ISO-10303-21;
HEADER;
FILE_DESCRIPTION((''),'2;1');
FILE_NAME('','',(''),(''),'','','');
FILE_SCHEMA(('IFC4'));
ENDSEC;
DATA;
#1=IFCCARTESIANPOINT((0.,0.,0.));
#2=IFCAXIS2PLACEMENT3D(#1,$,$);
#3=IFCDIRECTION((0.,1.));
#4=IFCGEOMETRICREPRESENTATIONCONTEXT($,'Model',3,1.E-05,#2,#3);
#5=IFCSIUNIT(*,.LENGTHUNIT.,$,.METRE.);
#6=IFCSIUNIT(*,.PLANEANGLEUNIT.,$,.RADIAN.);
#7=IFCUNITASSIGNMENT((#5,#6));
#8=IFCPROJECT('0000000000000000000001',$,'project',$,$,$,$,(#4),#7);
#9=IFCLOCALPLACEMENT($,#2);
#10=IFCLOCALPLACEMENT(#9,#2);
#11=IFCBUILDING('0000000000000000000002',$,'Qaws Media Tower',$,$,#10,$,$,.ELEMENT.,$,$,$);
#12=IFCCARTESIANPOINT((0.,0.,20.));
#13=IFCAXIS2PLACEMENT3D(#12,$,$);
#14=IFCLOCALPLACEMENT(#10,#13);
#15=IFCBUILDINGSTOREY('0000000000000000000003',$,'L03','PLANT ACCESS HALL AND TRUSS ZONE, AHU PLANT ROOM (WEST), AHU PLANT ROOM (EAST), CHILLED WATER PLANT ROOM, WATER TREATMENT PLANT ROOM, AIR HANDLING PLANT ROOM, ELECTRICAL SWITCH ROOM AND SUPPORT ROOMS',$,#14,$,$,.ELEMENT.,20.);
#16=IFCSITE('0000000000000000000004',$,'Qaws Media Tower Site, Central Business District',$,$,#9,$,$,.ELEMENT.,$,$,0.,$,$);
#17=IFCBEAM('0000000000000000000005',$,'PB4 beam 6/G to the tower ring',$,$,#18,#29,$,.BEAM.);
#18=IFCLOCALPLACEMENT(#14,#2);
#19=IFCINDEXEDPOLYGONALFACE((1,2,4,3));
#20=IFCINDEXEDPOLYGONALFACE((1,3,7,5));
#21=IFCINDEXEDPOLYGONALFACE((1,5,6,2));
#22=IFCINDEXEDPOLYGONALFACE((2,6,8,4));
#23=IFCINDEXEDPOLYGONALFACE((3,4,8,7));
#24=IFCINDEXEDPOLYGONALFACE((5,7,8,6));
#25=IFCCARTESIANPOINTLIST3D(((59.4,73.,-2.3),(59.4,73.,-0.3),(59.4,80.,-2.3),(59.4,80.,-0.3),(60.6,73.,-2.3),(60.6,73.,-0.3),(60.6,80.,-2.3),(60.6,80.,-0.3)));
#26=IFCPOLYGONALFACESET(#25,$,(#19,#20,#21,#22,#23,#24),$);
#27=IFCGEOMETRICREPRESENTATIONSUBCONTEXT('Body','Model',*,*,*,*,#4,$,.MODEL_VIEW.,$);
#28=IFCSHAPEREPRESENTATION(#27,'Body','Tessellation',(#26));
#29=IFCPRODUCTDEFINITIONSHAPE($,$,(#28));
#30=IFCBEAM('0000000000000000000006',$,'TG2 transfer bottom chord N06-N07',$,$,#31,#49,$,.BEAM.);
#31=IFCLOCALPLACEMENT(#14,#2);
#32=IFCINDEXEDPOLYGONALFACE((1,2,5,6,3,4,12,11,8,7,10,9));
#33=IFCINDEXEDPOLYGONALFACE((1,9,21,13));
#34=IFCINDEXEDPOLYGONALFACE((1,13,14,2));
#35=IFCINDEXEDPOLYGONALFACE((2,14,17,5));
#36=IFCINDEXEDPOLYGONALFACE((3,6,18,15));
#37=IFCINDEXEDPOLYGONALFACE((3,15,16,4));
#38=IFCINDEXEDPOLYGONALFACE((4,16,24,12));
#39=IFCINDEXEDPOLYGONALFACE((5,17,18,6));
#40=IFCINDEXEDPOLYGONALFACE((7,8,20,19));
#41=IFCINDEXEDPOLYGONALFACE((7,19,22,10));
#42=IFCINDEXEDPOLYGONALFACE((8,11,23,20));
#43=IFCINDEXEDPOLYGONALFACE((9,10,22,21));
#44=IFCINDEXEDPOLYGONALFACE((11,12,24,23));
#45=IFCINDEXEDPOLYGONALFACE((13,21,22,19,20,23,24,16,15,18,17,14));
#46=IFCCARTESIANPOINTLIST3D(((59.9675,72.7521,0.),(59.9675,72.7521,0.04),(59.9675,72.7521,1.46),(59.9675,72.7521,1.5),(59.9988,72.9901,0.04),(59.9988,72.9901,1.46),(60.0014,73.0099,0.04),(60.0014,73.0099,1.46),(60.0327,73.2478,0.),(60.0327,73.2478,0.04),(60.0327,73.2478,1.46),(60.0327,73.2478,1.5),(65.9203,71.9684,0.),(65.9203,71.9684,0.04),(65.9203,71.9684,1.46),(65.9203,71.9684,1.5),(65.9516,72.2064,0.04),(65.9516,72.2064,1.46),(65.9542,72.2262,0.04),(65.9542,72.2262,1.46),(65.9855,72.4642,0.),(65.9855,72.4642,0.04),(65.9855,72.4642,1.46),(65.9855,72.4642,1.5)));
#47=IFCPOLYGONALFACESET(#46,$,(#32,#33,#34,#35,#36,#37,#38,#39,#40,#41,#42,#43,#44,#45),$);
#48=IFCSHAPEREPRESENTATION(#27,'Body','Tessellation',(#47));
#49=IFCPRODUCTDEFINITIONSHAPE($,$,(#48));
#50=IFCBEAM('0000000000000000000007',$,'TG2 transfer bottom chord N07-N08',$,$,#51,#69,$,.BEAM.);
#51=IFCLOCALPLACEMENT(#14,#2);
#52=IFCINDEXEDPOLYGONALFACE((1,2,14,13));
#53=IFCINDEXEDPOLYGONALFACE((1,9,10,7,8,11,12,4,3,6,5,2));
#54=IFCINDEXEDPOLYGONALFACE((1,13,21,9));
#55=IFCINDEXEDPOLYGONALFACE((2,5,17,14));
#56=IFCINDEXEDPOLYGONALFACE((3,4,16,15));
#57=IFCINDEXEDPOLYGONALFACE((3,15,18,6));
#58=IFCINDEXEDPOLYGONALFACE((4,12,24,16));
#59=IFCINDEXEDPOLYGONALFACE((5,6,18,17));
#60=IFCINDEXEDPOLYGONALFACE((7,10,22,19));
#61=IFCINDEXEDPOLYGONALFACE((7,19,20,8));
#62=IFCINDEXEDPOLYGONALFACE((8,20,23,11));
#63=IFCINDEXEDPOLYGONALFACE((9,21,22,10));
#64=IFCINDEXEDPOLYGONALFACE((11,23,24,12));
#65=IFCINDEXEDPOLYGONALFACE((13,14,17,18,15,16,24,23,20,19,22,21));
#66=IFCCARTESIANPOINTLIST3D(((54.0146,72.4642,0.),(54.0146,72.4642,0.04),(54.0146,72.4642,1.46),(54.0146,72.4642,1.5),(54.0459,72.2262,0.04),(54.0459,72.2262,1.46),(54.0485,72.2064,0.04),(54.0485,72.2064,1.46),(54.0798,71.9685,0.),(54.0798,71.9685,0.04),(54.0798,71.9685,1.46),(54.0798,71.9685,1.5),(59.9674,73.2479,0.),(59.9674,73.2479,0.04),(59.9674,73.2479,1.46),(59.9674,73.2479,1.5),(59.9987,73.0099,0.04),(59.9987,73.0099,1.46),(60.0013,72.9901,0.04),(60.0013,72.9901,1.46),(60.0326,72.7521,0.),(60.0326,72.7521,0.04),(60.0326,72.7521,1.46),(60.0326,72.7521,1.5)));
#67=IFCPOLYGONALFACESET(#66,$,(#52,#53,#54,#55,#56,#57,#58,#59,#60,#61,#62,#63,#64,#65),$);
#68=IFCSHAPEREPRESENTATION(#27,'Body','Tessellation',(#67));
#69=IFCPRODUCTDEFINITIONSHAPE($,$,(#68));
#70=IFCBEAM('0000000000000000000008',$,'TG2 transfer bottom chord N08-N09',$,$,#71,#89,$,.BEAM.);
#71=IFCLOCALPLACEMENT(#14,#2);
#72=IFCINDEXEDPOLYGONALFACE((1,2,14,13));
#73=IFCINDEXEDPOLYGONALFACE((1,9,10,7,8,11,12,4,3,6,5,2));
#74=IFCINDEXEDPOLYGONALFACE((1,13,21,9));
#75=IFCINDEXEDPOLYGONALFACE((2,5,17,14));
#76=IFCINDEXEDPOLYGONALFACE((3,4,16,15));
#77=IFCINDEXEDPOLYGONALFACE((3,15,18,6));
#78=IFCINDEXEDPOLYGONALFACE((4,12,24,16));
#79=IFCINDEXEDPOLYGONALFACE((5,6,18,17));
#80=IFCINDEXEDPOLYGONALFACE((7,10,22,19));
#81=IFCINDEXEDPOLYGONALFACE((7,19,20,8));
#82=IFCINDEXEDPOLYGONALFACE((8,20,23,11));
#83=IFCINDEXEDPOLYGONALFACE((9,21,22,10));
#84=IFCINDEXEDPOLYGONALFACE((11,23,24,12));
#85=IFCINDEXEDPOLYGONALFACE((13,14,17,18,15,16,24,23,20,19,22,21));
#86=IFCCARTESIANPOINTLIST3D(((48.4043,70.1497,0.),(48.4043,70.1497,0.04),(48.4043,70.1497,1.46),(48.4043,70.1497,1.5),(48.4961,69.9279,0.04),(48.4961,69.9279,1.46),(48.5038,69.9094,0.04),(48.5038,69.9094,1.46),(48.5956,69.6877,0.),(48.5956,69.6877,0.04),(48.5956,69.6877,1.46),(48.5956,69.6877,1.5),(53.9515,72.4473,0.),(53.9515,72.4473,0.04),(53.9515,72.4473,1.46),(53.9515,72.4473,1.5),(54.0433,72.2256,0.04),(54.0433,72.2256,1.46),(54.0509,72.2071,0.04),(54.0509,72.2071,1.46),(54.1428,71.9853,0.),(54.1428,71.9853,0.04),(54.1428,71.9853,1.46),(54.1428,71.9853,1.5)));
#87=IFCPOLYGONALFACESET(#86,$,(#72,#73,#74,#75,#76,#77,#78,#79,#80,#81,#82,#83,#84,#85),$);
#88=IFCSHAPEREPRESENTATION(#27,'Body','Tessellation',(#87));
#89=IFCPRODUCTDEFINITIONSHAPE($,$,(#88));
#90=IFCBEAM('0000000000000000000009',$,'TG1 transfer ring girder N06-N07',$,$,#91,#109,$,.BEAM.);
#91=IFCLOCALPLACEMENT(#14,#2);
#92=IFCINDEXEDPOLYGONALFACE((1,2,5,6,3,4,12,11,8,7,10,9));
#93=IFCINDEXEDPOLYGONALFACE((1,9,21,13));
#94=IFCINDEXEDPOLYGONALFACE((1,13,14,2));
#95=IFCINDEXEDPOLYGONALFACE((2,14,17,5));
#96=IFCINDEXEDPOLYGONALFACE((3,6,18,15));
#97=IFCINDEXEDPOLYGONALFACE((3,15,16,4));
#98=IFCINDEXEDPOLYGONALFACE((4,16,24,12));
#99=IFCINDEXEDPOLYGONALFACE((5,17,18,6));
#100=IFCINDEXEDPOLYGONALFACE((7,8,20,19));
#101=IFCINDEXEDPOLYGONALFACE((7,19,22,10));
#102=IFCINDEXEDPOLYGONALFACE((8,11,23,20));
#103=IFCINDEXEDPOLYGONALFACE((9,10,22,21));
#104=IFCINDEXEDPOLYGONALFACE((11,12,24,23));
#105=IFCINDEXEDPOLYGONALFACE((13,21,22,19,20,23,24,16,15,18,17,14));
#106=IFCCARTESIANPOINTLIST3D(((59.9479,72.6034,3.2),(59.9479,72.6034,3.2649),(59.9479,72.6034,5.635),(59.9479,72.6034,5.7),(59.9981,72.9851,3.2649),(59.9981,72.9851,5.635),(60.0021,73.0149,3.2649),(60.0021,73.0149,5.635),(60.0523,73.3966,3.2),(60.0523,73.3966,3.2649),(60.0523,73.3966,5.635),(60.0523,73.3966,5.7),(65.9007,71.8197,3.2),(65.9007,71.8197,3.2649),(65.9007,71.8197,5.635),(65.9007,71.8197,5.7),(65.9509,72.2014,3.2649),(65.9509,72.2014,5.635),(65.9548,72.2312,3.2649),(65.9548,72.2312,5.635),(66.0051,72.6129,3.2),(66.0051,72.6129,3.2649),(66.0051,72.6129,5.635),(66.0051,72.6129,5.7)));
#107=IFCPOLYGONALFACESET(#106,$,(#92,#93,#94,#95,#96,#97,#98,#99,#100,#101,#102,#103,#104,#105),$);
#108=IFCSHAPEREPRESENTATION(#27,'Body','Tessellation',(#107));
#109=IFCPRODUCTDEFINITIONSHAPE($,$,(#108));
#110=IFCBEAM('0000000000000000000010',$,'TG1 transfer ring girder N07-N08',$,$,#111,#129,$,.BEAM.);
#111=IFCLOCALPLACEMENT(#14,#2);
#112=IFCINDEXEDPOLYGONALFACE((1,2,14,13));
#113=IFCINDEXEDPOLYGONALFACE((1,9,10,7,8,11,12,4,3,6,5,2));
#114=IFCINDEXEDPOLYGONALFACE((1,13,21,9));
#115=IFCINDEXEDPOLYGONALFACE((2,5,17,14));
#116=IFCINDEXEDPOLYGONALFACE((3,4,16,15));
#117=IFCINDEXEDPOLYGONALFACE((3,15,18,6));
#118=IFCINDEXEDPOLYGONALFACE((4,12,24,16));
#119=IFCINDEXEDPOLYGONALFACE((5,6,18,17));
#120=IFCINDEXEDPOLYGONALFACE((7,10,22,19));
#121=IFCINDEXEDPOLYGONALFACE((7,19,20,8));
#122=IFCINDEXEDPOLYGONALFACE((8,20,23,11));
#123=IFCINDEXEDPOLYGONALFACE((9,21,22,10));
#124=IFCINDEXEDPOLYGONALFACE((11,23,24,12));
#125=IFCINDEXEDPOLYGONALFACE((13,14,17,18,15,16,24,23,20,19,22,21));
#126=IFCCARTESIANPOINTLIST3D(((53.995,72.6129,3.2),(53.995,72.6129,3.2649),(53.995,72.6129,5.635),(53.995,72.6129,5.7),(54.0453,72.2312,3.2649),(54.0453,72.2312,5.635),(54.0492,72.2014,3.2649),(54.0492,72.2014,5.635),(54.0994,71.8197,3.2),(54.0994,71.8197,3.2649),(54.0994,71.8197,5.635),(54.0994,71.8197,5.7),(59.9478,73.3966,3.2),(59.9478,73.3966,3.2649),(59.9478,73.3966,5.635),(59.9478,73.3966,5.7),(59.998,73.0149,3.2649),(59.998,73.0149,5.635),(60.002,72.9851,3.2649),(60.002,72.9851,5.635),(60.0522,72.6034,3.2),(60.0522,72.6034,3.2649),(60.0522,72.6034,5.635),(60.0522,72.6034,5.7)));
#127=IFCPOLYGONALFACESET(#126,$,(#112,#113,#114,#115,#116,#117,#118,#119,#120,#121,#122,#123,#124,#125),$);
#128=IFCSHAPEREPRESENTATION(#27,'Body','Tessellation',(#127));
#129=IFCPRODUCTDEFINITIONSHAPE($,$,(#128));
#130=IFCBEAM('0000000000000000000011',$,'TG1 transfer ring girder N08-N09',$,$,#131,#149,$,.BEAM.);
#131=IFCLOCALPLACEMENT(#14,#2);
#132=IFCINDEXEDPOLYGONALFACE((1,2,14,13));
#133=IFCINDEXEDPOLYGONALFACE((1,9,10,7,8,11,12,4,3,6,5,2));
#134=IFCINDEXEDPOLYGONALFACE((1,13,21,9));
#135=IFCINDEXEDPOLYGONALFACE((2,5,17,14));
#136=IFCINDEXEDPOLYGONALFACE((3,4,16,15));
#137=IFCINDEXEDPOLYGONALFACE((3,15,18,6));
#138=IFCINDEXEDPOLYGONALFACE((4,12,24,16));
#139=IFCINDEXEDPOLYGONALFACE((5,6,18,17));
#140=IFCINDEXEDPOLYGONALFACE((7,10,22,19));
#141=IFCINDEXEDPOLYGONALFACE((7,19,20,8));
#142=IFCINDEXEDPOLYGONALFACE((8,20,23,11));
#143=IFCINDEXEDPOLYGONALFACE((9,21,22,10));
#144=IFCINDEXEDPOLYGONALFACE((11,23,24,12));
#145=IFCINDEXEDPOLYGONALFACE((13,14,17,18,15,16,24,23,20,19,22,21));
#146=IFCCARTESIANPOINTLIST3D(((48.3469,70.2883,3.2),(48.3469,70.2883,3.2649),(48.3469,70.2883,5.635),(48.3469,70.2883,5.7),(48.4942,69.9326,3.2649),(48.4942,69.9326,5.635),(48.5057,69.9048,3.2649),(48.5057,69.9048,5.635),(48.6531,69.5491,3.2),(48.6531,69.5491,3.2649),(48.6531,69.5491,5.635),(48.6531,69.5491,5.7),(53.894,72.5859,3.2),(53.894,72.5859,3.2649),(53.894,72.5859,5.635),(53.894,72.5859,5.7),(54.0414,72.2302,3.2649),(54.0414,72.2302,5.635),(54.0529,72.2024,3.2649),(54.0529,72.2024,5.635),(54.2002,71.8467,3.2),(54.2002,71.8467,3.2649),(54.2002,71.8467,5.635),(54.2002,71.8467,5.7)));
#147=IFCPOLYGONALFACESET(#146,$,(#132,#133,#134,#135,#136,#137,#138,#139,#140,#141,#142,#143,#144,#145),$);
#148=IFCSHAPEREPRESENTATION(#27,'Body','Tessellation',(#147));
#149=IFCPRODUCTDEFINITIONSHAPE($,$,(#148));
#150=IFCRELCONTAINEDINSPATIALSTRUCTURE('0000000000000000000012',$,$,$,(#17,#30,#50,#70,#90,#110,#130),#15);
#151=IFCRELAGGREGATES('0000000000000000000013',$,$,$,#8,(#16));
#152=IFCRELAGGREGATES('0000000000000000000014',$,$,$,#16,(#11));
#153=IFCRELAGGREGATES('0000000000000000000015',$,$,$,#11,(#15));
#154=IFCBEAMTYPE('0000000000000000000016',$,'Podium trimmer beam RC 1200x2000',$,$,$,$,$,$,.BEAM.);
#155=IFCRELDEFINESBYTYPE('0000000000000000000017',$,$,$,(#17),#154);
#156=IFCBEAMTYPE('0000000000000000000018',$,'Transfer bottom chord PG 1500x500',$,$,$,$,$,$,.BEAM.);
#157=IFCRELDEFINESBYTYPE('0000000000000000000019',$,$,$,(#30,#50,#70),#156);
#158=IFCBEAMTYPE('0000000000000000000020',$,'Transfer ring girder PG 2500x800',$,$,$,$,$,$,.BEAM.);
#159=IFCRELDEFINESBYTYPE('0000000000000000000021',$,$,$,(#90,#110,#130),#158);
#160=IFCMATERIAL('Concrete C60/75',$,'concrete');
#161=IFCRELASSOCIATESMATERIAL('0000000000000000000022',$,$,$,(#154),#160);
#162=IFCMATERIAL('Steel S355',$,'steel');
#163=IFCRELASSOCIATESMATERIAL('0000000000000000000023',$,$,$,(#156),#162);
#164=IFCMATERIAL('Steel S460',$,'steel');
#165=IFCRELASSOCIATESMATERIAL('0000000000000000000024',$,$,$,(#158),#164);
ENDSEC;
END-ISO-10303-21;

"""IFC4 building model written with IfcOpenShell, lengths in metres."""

from ifc_helpers import new_model, si_unit, direction, frame, origin, origin_2d, place, context, subcontext, project, spatial, rectangle, i_section, extrude, material, material_profile, profile_set, type_object, element, save


model = new_model("IFC4")

# Units and contexts
model_context = context("Model", 3, precision=1e-05, world=origin(), true_north=direction((0.0, 1.0)))
body_context = subcontext(model_context, "Body", "Model", "MODEL_VIEW")
ifc_project = project(units=[si_unit("LENGTHUNIT", "METRE"), si_unit("PLANEANGLEUNIT", "RADIAN")], contexts=[model_context])

# Site, building, storey
site_placement = place(None, origin())
site = spatial("IfcSite", under=ifc_project, at=site_placement, Name="Qaws Media Tower Site, Central Business District", CompositionType="ELEMENT", RefElevation=0.0)
building_placement = place(site_placement, origin())
building = spatial("IfcBuilding", under=site, at=building_placement, Name="Qaws Media Tower", CompositionType="ELEMENT")
storey_placement = place(building_placement, frame((0.0, 0.0, 20.0)))
storey = spatial("IfcBuildingStorey", under=building, at=storey_placement, Name="L03", Description="PLANT ACCESS HALL AND TRUSS ZONE, AHU PLANT ROOM (WEST), AHU PLANT ROOM (EAST), CHILLED WATER PLANT ROOM, WATER TREATMENT PLANT ROOM, AIR HANDLING PLANT ROOM, ELECTRICAL SWITCH ROOM AND SUPPORT ROOMS", CompositionType="ELEMENT", Elevation=20.0)

# Beams
ifc_material_1 = material(Name="Concrete C60/75", Category="concrete")
ifc_material_profile_1 = material_profile(ifc_material_1, rectangle(XDim=1.2, YDim=2.0, at=origin_2d()), Name="RC 1200x2000")
ifc_profile_set_1 = profile_set([ifc_material_profile_1], Name="Concrete C60/75")
beam_type_1 = type_object("IfcBeamType", Name="Podium trimmer beam RC 1200x2000", PredefinedType="BEAM", material=ifc_profile_set_1)
beam_1_placement = place(storey_placement, frame((60.0, 80.0, -1.3), z_axis=(0.0, -1.0, 0.0), x_axis=(1.0, 0.0, 0.0)))
element("IfcBeam", 1, at=beam_1_placement, inside=storey, type_object=beam_type_1, Name="PB4 beam 6/G to the tower ring", PredefinedType="BEAM", context=body_context, shape_type="SweptSolid", body=[
    extrude(rectangle(XDim=1.2, YDim=2.0, at=origin_2d()), origin(), (0.0, 0.0, 1.0), 7.0),
])
ifc_material_2 = material(Name="Steel S355", Category="steel")
ifc_material_profile_2 = material_profile(ifc_material_2, i_section(OverallWidth=0.5, OverallDepth=1.5, WebThickness=0.02, FlangeThickness=0.04, at=origin_2d()), Name="PG 1500x500")
ifc_profile_set_2 = profile_set([ifc_material_profile_2], Name="Steel S355")
beam_type_2 = type_object("IfcBeamType", Name="Transfer bottom chord PG 1500x500", PredefinedType="BEAM", material=ifc_profile_set_2)
for number, where, z_axis, x_axis, name in (
    (2, (65.9529, 72.2163, 0.75), (-0.991445, 0.130523, 0.0), (-0.130523, -0.991445, 0.0), "TG2 transfer bottom chord N06-N07"),
    (3, (60.0, 73.0, 0.75), (-0.991445, -0.130523, 0.0), (0.130523, -0.991445, 0.0), "TG2 transfer bottom chord N07-N08"),
    (4, (54.0471, 72.2163, 0.75), (-0.923885, -0.382671, 0.0), (0.382671, -0.923885, 0.0), "TG2 transfer bottom chord N08-N09"),
):
    element("IfcBeam", number, at=place(storey_placement, frame(where, z_axis=z_axis, x_axis=x_axis)), inside=storey, type_object=beam_type_2, Name=name, PredefinedType="BEAM", context=body_context, shape_type="SweptSolid", body=[
        extrude(i_section(OverallWidth=0.5, OverallDepth=1.5, WebThickness=0.02, FlangeThickness=0.04, at=origin_2d()), origin(), (0.0, 0.0, 1.0), 6.0042),
    ])
ifc_material_3 = material(Name="Steel S460", Category="steel")
ifc_material_profile_3 = material_profile(ifc_material_3, i_section(OverallWidth=0.8, OverallDepth=2.5, WebThickness=0.03, FlangeThickness=0.0649, at=origin_2d()), Name="PG 2500x800")
ifc_profile_set_3 = profile_set([ifc_material_profile_3], Name="Steel S460")
beam_type_3 = type_object("IfcBeamType", Name="Transfer ring girder PG 2500x800", PredefinedType="BEAM", material=ifc_profile_set_3)
for number, where, z_axis, x_axis, name in (
    (5, (65.9529, 72.2163, 4.45), (-0.991445, 0.130523, 0.0), (-0.130523, -0.991445, 0.0), "TG1 transfer ring girder N06-N07"),
    (6, (60.0, 73.0, 4.45), (-0.991445, -0.130523, 0.0), (0.130523, -0.991445, 0.0), "TG1 transfer ring girder N07-N08"),
    (7, (54.0471, 72.2163, 4.45), (-0.923885, -0.382671, 0.0), (0.382671, -0.923885, 0.0), "TG1 transfer ring girder N08-N09"),
):
    element("IfcBeam", number, at=place(storey_placement, frame(where, z_axis=z_axis, x_axis=x_axis)), inside=storey, type_object=beam_type_3, Name=name, PredefinedType="BEAM", context=body_context, shape_type="SweptSolid", body=[
        extrude(i_section(OverallWidth=0.8, OverallDepth=2.5, WebThickness=0.03, FlangeThickness=0.0649, at=origin_2d()), origin(), (0.0, 0.0, 1.0), 6.0042),
    ])

save(model, "model.ifc")
